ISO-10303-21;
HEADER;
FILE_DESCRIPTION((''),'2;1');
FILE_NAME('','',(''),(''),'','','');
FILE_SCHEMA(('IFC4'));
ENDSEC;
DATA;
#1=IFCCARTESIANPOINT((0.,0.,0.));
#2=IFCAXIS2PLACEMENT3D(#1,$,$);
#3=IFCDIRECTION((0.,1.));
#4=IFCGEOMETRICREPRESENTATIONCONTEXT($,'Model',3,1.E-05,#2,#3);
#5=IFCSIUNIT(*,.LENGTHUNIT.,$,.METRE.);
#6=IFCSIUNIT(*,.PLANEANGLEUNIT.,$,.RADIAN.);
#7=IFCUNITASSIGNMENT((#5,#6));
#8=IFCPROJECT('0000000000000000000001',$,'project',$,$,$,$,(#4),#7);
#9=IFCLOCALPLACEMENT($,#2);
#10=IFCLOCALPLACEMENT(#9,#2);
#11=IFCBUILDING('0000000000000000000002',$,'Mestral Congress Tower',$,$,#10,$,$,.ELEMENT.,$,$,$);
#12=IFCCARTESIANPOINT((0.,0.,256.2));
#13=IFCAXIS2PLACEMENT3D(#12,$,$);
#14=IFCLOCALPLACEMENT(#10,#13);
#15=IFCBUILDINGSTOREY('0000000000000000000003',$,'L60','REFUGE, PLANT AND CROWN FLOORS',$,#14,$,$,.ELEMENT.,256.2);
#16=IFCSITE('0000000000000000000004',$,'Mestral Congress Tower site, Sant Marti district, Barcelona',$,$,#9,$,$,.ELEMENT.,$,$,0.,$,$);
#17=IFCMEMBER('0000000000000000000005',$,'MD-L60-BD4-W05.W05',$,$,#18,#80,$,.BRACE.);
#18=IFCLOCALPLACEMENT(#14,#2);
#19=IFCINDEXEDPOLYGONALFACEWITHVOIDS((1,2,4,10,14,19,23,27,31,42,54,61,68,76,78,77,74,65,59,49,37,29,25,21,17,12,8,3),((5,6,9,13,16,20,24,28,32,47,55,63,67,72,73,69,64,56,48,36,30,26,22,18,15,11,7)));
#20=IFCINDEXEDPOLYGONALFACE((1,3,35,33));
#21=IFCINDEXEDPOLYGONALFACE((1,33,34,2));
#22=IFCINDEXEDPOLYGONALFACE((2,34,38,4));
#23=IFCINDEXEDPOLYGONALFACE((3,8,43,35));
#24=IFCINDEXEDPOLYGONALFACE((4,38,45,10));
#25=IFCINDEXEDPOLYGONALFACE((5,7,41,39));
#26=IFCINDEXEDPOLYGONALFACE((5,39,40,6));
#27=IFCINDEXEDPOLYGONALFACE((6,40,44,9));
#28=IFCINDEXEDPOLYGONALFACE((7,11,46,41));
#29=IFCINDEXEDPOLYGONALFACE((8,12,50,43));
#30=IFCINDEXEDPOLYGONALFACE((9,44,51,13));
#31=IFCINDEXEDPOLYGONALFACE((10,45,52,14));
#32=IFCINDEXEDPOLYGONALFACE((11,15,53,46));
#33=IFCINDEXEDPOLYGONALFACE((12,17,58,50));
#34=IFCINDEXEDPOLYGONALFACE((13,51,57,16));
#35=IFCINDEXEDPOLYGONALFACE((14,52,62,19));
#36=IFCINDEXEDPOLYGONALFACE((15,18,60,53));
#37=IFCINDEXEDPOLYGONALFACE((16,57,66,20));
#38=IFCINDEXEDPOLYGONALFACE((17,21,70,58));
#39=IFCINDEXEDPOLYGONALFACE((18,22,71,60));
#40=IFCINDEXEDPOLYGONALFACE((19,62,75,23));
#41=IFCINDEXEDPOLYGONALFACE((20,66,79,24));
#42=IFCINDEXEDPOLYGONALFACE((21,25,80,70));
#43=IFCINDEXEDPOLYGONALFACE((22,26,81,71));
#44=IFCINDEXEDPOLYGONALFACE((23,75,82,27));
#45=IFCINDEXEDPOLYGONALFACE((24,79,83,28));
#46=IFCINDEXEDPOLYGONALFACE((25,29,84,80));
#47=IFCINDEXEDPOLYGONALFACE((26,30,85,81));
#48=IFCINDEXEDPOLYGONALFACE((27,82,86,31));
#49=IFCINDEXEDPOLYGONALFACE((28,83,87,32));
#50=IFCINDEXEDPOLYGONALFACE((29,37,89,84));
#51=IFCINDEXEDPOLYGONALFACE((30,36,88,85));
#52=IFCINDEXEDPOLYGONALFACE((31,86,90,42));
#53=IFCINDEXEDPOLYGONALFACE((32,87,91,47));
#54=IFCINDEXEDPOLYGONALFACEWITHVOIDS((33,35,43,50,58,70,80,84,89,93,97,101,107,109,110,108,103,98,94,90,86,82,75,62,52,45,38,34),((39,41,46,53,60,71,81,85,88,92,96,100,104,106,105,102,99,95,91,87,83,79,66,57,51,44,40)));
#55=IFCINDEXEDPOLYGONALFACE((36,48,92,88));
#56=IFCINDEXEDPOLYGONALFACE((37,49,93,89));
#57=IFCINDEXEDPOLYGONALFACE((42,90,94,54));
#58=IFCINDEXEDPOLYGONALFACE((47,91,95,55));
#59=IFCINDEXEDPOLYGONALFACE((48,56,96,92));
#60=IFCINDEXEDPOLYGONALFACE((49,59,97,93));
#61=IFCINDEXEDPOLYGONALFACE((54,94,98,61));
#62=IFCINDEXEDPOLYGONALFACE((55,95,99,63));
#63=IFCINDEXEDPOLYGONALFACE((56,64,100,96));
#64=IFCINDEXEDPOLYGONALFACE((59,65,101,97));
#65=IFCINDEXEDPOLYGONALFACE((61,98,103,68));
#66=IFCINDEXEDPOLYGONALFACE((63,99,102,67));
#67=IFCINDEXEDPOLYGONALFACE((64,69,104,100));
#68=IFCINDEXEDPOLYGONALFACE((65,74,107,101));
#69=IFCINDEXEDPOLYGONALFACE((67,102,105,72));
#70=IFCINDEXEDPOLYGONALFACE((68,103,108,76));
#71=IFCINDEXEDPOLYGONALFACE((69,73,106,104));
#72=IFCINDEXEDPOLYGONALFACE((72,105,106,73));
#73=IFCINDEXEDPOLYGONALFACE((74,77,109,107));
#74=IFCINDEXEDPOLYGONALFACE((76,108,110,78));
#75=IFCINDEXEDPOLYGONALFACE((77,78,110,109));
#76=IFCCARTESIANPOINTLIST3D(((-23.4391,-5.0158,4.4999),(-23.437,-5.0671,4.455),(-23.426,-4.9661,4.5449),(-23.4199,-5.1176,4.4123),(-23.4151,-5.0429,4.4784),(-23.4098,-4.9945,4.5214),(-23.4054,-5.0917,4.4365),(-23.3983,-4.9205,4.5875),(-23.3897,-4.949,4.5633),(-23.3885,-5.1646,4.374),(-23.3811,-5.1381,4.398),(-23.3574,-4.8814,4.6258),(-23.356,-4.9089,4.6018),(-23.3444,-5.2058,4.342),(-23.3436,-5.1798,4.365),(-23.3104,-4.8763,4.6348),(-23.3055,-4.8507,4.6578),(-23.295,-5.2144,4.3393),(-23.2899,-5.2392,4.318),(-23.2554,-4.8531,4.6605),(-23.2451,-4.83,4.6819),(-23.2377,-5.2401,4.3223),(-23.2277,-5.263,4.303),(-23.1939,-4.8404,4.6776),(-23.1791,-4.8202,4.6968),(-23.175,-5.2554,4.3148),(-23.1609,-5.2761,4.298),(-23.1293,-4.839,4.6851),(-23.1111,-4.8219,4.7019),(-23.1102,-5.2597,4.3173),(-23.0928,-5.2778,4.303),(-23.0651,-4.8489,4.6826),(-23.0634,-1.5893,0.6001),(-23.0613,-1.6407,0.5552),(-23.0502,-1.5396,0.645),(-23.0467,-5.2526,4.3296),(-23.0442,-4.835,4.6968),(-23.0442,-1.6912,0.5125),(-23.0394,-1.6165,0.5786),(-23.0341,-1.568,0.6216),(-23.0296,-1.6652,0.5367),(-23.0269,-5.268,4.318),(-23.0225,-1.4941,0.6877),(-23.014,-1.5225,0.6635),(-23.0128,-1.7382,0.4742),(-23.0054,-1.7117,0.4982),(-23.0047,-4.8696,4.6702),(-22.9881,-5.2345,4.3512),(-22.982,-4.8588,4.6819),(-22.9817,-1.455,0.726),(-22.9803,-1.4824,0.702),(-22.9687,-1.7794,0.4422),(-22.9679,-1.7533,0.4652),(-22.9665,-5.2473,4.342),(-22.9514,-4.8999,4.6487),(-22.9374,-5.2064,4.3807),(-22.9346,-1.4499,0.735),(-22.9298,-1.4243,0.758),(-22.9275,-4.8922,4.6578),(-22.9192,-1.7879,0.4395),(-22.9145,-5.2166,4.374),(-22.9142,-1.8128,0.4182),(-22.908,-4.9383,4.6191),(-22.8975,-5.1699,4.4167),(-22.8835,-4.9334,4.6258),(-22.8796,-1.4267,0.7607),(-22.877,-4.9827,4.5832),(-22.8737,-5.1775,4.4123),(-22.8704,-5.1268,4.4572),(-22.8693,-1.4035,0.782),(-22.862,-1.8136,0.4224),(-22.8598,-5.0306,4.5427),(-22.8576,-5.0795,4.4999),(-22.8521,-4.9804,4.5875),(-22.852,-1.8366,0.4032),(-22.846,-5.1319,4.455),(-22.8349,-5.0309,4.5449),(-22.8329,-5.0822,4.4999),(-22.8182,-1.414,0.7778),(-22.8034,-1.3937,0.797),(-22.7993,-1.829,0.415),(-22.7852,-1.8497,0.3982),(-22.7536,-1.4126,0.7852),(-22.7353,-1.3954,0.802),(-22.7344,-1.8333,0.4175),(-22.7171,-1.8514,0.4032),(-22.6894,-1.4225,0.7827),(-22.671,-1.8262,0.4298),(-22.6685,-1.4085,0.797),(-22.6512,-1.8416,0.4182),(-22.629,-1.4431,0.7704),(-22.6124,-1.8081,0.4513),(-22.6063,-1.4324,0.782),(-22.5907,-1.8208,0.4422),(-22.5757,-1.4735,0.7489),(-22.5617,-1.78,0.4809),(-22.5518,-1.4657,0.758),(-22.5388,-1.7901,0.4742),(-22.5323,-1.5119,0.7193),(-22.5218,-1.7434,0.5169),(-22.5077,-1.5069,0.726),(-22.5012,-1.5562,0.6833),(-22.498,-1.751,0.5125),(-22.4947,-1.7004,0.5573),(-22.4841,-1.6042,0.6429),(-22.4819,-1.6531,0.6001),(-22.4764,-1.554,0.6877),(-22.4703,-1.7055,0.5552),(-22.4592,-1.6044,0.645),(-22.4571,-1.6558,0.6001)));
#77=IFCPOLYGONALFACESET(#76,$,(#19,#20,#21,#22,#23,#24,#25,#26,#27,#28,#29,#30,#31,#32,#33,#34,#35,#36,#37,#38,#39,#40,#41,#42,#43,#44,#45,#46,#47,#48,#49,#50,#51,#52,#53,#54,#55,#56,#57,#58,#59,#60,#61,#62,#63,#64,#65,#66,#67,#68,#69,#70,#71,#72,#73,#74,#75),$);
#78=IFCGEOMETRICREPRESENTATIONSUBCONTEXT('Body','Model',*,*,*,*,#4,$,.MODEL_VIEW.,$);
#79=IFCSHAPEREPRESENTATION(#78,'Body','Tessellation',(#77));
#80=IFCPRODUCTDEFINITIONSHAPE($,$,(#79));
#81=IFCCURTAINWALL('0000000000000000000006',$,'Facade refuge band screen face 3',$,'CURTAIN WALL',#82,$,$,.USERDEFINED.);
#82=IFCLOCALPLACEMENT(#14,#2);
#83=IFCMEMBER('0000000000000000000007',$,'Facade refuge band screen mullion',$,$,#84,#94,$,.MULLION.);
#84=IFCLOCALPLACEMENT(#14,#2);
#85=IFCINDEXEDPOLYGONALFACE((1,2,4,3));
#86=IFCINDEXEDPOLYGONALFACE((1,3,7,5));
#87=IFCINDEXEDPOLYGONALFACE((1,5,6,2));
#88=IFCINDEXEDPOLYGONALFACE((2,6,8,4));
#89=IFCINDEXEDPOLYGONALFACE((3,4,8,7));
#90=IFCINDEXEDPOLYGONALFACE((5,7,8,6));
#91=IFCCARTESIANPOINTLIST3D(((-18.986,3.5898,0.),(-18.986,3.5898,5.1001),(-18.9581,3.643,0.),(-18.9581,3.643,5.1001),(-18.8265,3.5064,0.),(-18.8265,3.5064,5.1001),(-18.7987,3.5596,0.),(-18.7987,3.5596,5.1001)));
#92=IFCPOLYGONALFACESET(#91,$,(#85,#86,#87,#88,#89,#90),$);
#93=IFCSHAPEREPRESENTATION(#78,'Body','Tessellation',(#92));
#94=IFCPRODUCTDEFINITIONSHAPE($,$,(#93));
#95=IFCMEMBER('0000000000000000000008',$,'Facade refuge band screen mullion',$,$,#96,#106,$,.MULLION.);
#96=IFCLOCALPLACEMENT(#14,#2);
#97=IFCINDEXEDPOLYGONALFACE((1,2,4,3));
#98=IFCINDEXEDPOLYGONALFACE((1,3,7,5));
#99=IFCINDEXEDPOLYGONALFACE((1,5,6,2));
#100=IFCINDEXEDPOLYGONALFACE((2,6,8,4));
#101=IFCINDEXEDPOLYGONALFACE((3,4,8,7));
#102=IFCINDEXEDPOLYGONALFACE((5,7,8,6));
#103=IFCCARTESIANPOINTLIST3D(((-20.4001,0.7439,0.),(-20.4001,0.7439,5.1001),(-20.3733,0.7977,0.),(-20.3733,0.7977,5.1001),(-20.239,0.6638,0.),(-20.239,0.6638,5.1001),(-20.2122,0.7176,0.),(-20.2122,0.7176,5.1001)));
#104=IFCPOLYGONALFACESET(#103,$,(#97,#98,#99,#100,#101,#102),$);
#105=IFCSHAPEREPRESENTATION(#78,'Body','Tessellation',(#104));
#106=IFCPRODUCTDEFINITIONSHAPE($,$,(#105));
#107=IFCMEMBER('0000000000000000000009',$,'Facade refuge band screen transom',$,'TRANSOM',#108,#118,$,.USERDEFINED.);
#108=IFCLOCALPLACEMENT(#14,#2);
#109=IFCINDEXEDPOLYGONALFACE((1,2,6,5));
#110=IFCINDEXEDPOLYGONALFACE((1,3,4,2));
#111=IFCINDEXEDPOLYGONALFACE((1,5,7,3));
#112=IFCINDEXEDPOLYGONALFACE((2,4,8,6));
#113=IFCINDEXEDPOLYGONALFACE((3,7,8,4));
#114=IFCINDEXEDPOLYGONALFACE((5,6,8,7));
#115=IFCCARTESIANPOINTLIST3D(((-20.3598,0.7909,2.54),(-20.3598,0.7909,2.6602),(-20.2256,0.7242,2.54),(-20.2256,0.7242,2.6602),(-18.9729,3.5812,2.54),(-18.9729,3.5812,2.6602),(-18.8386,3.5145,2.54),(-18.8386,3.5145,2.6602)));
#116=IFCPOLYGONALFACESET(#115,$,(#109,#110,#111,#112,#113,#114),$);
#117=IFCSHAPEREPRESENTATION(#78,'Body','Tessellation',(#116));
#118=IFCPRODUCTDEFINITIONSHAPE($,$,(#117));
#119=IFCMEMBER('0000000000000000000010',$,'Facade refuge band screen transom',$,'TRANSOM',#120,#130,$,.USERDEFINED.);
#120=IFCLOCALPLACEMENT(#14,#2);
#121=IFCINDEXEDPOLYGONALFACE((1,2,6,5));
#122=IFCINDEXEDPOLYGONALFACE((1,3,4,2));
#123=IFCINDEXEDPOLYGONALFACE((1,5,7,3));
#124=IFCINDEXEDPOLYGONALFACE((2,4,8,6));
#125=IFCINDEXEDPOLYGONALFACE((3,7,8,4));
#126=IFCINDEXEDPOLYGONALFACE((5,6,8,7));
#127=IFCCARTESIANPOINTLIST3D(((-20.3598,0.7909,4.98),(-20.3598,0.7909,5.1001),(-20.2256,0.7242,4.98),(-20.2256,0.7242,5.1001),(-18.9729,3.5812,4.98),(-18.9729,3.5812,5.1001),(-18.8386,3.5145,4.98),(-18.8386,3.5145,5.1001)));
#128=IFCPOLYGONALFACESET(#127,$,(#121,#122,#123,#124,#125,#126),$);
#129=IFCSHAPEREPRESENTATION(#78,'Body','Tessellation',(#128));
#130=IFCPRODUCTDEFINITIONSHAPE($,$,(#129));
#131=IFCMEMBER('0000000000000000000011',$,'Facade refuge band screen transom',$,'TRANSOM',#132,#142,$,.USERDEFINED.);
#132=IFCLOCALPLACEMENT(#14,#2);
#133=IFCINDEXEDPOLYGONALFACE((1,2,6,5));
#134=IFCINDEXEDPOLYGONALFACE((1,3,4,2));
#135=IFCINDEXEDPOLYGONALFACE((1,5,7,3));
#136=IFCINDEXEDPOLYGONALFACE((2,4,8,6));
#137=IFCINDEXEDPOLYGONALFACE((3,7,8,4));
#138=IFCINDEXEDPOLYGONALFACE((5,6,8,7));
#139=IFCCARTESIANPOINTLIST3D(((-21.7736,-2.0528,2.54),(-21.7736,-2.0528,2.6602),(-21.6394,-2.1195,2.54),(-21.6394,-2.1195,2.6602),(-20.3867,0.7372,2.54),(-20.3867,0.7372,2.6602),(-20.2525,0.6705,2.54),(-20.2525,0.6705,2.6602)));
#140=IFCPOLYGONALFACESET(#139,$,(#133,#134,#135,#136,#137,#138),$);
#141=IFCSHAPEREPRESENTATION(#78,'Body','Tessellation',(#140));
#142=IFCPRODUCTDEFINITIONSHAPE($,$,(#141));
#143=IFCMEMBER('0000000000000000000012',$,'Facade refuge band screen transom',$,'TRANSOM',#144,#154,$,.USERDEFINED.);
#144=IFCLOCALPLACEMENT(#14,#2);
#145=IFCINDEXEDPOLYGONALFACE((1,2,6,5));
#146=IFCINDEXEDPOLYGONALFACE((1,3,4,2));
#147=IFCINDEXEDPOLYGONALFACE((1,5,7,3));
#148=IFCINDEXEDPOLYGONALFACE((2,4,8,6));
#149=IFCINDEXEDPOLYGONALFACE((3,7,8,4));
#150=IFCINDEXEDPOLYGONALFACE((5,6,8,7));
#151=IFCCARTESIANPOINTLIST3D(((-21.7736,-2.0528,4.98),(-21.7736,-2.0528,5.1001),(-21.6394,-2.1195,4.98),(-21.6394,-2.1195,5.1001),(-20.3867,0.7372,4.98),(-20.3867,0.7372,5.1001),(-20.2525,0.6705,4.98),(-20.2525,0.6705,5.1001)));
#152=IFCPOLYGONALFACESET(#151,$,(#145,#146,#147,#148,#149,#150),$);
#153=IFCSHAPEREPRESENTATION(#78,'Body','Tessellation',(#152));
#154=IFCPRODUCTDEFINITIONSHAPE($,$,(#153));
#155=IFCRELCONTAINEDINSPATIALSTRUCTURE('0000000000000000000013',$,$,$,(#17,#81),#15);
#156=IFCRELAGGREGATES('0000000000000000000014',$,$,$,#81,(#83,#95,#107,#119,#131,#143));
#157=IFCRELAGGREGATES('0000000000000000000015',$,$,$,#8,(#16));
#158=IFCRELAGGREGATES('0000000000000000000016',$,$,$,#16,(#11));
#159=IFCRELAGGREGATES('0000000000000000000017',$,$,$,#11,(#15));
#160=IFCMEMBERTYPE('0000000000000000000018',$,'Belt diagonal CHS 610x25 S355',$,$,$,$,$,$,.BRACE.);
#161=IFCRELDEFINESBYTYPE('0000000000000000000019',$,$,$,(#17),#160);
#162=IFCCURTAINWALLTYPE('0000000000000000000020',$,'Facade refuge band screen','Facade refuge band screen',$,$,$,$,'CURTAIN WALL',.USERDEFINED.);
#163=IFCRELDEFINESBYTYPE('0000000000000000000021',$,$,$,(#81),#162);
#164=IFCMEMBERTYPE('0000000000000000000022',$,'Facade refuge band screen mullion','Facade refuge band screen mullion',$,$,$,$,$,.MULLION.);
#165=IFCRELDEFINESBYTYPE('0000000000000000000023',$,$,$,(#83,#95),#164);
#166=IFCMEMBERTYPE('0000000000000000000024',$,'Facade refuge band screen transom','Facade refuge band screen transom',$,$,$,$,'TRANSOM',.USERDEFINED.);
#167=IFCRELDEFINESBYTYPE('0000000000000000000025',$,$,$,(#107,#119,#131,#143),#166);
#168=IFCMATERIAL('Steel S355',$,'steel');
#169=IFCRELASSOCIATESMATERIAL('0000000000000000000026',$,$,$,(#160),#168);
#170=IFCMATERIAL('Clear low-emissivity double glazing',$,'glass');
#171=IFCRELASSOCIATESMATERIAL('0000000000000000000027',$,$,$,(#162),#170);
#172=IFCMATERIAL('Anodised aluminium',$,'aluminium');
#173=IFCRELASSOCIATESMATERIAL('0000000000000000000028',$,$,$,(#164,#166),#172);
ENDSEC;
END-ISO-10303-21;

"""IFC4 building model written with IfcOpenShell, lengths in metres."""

from ifc_helpers import new_model, si_unit, direction, frame, origin, origin_2d, place, context, subcontext, project, spatial, rectangle, hollow_circle, extrude, material, material_profile, profile_set, type_object, element, aggregate, save


model = new_model("IFC4")

# Units and contexts
model_context = context("Model", 3, precision=1e-05, world=origin(), true_north=direction((0.0, 1.0)))
body_context = subcontext(model_context, "Body", "Model", "MODEL_VIEW")
ifc_project = project(units=[si_unit("LENGTHUNIT", "METRE"), si_unit("PLANEANGLEUNIT", "RADIAN")], contexts=[model_context])

# Site, building, storey
site_placement = place(None, origin())
site = spatial("IfcSite", under=ifc_project, at=site_placement, Name="Mestral Congress Tower site, Sant Marti district, Barcelona", CompositionType="ELEMENT", RefElevation=0.0)
building_placement = place(site_placement, origin())
building = spatial("IfcBuilding", under=site, at=building_placement, Name="Mestral Congress Tower", CompositionType="ELEMENT")
storey_placement = place(building_placement, frame((0.0, 0.0, 256.2)))
storey = spatial("IfcBuildingStorey", under=building, at=storey_placement, Name="L60", Description="REFUGE, PLANT AND CROWN FLOORS", CompositionType="ELEMENT", Elevation=256.2)

# Member
ifc_material_1 = material(Name="Steel S355", Category="steel")
ifc_material_profile_1 = material_profile(ifc_material_1, hollow_circle(Radius=0.3049, WallThickness=0.0249, at=origin_2d()), Name="CHS 610x25")
ifc_profile_set_1 = profile_set([ifc_material_profile_1], Name="Steel S355")
member_type_1 = type_object("IfcMemberType", Name="Belt diagonal CHS 610x25 S355", PredefinedType="BRACE", material=ifc_profile_set_1)
member_1_placement = place(storey_placement, frame((-22.7603, -1.6226, 0.6001), z_axis=(-0.072188, -0.658319, 0.749269), x_axis=(0.994042, -0.109001, 0.0)))
element("IfcMember", 1, at=member_1_placement, inside=storey, type_object=member_type_1, Name="MD-L60-BD4-W05.W05", PredefinedType="BRACE", context=body_context, shape_type="SweptSolid", body=[
    extrude(hollow_circle(Radius=0.3049, WallThickness=0.0249, at=origin_2d()), origin(), (0.0, 0.0, 1.0), 5.2048),
])

# Curtain wall, members
ifc_material_2 = material(Name="Clear low-emissivity double glazing", Category="glass")
curtain_wall_type = type_object("IfcCurtainWallType", Name="Facade refuge band screen", Description="Facade refuge band screen", ElementType="CURTAIN WALL", PredefinedType="USERDEFINED", material=ifc_material_2)
curtain_wall_placement = place(storey_placement, origin())
curtain_wall = element("IfcCurtainWall", 2, at=curtain_wall_placement, inside=storey, type_object=curtain_wall_type, Name="Facade refuge band screen face 3", ObjectType="CURTAIN WALL", PredefinedType="USERDEFINED")
ifc_material_3 = material(Name="Anodised aluminium", Category="aluminium")
ifc_material_profile_2 = material_profile(ifc_material_3, rectangle(XDim=0.1799, YDim=0.0601, at=origin_2d()), Name="CW3 mullion 180 x 60")
ifc_profile_set_2 = profile_set([ifc_material_profile_2], Name="Anodised aluminium")
member_type_2 = type_object("IfcMemberType", Name="Facade refuge band screen mullion", Description="Facade refuge band screen mullion", PredefinedType="MULLION", material=ifc_profile_set_2)
member_2_placement = place(storey_placement, frame((-18.8923, 3.5747, 0.0), z_axis=(0.0, 0.0, 1.0), x_axis=(-0.886026, 0.463636, 0.0)))
member_2 = element("IfcMember", 3, at=member_2_placement, type_object=member_type_2, Name="Facade refuge band screen mullion", PredefinedType="MULLION", context=body_context, shape_type="SweptSolid", body=[
    extrude(rectangle(XDim=0.1799, YDim=0.0601, at=origin_2d()), origin(), (0.0, 0.0, 1.0), 5.1001),
])
member_3_placement = place(storey_placement, frame((-20.3062, 0.7307, 0.0), z_axis=(0.0, 0.0, 1.0), x_axis=(-0.895456, 0.445149, 0.0)))
member_3 = element("IfcMember", 4, at=member_3_placement, type_object=member_type_2, Name="Facade refuge band screen mullion", PredefinedType="MULLION", context=body_context, shape_type="SweptSolid", body=[
    extrude(rectangle(XDim=0.1799, YDim=0.0601, at=origin_2d()), origin(), (0.0, 0.0, 1.0), 5.1001),
])
ifc_material_profile_3 = material_profile(ifc_material_3, rectangle(XDim=0.1499, YDim=0.1201, at=origin_2d()), Name="CW3 transom 150 x 120")
ifc_profile_set_3 = profile_set([ifc_material_profile_3], Name="Anodised aluminium")
member_type_3 = type_object("IfcMemberType", Name="Facade refuge band screen transom", Description="Facade refuge band screen transom", ElementType="TRANSOM", PredefinedType="USERDEFINED", material=ifc_profile_set_3)
member_4_placement = place(storey_placement, frame((-18.9058, 3.5479, 2.6001), z_axis=(-0.445113, -0.895475, 0.0), x_axis=(0.895475, -0.445113, 0.0)))
member_4 = element("IfcMember", 5, at=member_4_placement, type_object=member_type_3, Name="Facade refuge band screen transom", ObjectType="TRANSOM", PredefinedType="USERDEFINED", context=body_context, shape_type="SweptSolid", body=[
    extrude(rectangle(XDim=0.1499, YDim=0.1201, at=origin_2d()), origin(), (0.0, 0.0, 1.0), 3.116),
])
member_5_placement = place(storey_placement, frame((-18.9058, 3.5479, 5.04), z_axis=(-0.445113, -0.895475, 0.0), x_axis=(0.895475, -0.445113, 0.0)))
member_5 = element("IfcMember", 6, at=member_5_placement, type_object=member_type_3, Name="Facade refuge band screen transom", ObjectType="TRANSOM", PredefinedType="USERDEFINED", context=body_context, shape_type="SweptSolid", body=[
    extrude(rectangle(XDim=0.1499, YDim=0.1201, at=origin_2d()), origin(), (0.0, 0.0, 1.0), 3.116),
])
member_6_placement = place(storey_placement, frame((-20.3196, 0.7039, 2.6001), z_axis=(-0.445144, -0.895459, 0.0), x_axis=(0.895459, -0.445144, 0.0)))
member_6 = element("IfcMember", 7, at=member_6_placement, type_object=member_type_3, Name="Facade refuge band screen transom", ObjectType="TRANSOM", PredefinedType="USERDEFINED", context=body_context, shape_type="SweptSolid", body=[
    extrude(rectangle(XDim=0.1499, YDim=0.1201, at=origin_2d()), origin(), (0.0, 0.0, 1.0), 3.1157),
])
member_7_placement = place(storey_placement, frame((-20.3196, 0.7039, 5.04), z_axis=(-0.445144, -0.895459, 0.0), x_axis=(0.895459, -0.445144, 0.0)))
member_7 = element("IfcMember", 8, at=member_7_placement, type_object=member_type_3, Name="Facade refuge band screen transom", ObjectType="TRANSOM", PredefinedType="USERDEFINED", context=body_context, shape_type="SweptSolid", body=[
    extrude(rectangle(XDim=0.1499, YDim=0.1201, at=origin_2d()), origin(), (0.0, 0.0, 1.0), 3.1157),
])

aggregate(curtain_wall, [member_2, member_3, member_4, member_5, member_6, member_7])

save(model, "model.ifc")
